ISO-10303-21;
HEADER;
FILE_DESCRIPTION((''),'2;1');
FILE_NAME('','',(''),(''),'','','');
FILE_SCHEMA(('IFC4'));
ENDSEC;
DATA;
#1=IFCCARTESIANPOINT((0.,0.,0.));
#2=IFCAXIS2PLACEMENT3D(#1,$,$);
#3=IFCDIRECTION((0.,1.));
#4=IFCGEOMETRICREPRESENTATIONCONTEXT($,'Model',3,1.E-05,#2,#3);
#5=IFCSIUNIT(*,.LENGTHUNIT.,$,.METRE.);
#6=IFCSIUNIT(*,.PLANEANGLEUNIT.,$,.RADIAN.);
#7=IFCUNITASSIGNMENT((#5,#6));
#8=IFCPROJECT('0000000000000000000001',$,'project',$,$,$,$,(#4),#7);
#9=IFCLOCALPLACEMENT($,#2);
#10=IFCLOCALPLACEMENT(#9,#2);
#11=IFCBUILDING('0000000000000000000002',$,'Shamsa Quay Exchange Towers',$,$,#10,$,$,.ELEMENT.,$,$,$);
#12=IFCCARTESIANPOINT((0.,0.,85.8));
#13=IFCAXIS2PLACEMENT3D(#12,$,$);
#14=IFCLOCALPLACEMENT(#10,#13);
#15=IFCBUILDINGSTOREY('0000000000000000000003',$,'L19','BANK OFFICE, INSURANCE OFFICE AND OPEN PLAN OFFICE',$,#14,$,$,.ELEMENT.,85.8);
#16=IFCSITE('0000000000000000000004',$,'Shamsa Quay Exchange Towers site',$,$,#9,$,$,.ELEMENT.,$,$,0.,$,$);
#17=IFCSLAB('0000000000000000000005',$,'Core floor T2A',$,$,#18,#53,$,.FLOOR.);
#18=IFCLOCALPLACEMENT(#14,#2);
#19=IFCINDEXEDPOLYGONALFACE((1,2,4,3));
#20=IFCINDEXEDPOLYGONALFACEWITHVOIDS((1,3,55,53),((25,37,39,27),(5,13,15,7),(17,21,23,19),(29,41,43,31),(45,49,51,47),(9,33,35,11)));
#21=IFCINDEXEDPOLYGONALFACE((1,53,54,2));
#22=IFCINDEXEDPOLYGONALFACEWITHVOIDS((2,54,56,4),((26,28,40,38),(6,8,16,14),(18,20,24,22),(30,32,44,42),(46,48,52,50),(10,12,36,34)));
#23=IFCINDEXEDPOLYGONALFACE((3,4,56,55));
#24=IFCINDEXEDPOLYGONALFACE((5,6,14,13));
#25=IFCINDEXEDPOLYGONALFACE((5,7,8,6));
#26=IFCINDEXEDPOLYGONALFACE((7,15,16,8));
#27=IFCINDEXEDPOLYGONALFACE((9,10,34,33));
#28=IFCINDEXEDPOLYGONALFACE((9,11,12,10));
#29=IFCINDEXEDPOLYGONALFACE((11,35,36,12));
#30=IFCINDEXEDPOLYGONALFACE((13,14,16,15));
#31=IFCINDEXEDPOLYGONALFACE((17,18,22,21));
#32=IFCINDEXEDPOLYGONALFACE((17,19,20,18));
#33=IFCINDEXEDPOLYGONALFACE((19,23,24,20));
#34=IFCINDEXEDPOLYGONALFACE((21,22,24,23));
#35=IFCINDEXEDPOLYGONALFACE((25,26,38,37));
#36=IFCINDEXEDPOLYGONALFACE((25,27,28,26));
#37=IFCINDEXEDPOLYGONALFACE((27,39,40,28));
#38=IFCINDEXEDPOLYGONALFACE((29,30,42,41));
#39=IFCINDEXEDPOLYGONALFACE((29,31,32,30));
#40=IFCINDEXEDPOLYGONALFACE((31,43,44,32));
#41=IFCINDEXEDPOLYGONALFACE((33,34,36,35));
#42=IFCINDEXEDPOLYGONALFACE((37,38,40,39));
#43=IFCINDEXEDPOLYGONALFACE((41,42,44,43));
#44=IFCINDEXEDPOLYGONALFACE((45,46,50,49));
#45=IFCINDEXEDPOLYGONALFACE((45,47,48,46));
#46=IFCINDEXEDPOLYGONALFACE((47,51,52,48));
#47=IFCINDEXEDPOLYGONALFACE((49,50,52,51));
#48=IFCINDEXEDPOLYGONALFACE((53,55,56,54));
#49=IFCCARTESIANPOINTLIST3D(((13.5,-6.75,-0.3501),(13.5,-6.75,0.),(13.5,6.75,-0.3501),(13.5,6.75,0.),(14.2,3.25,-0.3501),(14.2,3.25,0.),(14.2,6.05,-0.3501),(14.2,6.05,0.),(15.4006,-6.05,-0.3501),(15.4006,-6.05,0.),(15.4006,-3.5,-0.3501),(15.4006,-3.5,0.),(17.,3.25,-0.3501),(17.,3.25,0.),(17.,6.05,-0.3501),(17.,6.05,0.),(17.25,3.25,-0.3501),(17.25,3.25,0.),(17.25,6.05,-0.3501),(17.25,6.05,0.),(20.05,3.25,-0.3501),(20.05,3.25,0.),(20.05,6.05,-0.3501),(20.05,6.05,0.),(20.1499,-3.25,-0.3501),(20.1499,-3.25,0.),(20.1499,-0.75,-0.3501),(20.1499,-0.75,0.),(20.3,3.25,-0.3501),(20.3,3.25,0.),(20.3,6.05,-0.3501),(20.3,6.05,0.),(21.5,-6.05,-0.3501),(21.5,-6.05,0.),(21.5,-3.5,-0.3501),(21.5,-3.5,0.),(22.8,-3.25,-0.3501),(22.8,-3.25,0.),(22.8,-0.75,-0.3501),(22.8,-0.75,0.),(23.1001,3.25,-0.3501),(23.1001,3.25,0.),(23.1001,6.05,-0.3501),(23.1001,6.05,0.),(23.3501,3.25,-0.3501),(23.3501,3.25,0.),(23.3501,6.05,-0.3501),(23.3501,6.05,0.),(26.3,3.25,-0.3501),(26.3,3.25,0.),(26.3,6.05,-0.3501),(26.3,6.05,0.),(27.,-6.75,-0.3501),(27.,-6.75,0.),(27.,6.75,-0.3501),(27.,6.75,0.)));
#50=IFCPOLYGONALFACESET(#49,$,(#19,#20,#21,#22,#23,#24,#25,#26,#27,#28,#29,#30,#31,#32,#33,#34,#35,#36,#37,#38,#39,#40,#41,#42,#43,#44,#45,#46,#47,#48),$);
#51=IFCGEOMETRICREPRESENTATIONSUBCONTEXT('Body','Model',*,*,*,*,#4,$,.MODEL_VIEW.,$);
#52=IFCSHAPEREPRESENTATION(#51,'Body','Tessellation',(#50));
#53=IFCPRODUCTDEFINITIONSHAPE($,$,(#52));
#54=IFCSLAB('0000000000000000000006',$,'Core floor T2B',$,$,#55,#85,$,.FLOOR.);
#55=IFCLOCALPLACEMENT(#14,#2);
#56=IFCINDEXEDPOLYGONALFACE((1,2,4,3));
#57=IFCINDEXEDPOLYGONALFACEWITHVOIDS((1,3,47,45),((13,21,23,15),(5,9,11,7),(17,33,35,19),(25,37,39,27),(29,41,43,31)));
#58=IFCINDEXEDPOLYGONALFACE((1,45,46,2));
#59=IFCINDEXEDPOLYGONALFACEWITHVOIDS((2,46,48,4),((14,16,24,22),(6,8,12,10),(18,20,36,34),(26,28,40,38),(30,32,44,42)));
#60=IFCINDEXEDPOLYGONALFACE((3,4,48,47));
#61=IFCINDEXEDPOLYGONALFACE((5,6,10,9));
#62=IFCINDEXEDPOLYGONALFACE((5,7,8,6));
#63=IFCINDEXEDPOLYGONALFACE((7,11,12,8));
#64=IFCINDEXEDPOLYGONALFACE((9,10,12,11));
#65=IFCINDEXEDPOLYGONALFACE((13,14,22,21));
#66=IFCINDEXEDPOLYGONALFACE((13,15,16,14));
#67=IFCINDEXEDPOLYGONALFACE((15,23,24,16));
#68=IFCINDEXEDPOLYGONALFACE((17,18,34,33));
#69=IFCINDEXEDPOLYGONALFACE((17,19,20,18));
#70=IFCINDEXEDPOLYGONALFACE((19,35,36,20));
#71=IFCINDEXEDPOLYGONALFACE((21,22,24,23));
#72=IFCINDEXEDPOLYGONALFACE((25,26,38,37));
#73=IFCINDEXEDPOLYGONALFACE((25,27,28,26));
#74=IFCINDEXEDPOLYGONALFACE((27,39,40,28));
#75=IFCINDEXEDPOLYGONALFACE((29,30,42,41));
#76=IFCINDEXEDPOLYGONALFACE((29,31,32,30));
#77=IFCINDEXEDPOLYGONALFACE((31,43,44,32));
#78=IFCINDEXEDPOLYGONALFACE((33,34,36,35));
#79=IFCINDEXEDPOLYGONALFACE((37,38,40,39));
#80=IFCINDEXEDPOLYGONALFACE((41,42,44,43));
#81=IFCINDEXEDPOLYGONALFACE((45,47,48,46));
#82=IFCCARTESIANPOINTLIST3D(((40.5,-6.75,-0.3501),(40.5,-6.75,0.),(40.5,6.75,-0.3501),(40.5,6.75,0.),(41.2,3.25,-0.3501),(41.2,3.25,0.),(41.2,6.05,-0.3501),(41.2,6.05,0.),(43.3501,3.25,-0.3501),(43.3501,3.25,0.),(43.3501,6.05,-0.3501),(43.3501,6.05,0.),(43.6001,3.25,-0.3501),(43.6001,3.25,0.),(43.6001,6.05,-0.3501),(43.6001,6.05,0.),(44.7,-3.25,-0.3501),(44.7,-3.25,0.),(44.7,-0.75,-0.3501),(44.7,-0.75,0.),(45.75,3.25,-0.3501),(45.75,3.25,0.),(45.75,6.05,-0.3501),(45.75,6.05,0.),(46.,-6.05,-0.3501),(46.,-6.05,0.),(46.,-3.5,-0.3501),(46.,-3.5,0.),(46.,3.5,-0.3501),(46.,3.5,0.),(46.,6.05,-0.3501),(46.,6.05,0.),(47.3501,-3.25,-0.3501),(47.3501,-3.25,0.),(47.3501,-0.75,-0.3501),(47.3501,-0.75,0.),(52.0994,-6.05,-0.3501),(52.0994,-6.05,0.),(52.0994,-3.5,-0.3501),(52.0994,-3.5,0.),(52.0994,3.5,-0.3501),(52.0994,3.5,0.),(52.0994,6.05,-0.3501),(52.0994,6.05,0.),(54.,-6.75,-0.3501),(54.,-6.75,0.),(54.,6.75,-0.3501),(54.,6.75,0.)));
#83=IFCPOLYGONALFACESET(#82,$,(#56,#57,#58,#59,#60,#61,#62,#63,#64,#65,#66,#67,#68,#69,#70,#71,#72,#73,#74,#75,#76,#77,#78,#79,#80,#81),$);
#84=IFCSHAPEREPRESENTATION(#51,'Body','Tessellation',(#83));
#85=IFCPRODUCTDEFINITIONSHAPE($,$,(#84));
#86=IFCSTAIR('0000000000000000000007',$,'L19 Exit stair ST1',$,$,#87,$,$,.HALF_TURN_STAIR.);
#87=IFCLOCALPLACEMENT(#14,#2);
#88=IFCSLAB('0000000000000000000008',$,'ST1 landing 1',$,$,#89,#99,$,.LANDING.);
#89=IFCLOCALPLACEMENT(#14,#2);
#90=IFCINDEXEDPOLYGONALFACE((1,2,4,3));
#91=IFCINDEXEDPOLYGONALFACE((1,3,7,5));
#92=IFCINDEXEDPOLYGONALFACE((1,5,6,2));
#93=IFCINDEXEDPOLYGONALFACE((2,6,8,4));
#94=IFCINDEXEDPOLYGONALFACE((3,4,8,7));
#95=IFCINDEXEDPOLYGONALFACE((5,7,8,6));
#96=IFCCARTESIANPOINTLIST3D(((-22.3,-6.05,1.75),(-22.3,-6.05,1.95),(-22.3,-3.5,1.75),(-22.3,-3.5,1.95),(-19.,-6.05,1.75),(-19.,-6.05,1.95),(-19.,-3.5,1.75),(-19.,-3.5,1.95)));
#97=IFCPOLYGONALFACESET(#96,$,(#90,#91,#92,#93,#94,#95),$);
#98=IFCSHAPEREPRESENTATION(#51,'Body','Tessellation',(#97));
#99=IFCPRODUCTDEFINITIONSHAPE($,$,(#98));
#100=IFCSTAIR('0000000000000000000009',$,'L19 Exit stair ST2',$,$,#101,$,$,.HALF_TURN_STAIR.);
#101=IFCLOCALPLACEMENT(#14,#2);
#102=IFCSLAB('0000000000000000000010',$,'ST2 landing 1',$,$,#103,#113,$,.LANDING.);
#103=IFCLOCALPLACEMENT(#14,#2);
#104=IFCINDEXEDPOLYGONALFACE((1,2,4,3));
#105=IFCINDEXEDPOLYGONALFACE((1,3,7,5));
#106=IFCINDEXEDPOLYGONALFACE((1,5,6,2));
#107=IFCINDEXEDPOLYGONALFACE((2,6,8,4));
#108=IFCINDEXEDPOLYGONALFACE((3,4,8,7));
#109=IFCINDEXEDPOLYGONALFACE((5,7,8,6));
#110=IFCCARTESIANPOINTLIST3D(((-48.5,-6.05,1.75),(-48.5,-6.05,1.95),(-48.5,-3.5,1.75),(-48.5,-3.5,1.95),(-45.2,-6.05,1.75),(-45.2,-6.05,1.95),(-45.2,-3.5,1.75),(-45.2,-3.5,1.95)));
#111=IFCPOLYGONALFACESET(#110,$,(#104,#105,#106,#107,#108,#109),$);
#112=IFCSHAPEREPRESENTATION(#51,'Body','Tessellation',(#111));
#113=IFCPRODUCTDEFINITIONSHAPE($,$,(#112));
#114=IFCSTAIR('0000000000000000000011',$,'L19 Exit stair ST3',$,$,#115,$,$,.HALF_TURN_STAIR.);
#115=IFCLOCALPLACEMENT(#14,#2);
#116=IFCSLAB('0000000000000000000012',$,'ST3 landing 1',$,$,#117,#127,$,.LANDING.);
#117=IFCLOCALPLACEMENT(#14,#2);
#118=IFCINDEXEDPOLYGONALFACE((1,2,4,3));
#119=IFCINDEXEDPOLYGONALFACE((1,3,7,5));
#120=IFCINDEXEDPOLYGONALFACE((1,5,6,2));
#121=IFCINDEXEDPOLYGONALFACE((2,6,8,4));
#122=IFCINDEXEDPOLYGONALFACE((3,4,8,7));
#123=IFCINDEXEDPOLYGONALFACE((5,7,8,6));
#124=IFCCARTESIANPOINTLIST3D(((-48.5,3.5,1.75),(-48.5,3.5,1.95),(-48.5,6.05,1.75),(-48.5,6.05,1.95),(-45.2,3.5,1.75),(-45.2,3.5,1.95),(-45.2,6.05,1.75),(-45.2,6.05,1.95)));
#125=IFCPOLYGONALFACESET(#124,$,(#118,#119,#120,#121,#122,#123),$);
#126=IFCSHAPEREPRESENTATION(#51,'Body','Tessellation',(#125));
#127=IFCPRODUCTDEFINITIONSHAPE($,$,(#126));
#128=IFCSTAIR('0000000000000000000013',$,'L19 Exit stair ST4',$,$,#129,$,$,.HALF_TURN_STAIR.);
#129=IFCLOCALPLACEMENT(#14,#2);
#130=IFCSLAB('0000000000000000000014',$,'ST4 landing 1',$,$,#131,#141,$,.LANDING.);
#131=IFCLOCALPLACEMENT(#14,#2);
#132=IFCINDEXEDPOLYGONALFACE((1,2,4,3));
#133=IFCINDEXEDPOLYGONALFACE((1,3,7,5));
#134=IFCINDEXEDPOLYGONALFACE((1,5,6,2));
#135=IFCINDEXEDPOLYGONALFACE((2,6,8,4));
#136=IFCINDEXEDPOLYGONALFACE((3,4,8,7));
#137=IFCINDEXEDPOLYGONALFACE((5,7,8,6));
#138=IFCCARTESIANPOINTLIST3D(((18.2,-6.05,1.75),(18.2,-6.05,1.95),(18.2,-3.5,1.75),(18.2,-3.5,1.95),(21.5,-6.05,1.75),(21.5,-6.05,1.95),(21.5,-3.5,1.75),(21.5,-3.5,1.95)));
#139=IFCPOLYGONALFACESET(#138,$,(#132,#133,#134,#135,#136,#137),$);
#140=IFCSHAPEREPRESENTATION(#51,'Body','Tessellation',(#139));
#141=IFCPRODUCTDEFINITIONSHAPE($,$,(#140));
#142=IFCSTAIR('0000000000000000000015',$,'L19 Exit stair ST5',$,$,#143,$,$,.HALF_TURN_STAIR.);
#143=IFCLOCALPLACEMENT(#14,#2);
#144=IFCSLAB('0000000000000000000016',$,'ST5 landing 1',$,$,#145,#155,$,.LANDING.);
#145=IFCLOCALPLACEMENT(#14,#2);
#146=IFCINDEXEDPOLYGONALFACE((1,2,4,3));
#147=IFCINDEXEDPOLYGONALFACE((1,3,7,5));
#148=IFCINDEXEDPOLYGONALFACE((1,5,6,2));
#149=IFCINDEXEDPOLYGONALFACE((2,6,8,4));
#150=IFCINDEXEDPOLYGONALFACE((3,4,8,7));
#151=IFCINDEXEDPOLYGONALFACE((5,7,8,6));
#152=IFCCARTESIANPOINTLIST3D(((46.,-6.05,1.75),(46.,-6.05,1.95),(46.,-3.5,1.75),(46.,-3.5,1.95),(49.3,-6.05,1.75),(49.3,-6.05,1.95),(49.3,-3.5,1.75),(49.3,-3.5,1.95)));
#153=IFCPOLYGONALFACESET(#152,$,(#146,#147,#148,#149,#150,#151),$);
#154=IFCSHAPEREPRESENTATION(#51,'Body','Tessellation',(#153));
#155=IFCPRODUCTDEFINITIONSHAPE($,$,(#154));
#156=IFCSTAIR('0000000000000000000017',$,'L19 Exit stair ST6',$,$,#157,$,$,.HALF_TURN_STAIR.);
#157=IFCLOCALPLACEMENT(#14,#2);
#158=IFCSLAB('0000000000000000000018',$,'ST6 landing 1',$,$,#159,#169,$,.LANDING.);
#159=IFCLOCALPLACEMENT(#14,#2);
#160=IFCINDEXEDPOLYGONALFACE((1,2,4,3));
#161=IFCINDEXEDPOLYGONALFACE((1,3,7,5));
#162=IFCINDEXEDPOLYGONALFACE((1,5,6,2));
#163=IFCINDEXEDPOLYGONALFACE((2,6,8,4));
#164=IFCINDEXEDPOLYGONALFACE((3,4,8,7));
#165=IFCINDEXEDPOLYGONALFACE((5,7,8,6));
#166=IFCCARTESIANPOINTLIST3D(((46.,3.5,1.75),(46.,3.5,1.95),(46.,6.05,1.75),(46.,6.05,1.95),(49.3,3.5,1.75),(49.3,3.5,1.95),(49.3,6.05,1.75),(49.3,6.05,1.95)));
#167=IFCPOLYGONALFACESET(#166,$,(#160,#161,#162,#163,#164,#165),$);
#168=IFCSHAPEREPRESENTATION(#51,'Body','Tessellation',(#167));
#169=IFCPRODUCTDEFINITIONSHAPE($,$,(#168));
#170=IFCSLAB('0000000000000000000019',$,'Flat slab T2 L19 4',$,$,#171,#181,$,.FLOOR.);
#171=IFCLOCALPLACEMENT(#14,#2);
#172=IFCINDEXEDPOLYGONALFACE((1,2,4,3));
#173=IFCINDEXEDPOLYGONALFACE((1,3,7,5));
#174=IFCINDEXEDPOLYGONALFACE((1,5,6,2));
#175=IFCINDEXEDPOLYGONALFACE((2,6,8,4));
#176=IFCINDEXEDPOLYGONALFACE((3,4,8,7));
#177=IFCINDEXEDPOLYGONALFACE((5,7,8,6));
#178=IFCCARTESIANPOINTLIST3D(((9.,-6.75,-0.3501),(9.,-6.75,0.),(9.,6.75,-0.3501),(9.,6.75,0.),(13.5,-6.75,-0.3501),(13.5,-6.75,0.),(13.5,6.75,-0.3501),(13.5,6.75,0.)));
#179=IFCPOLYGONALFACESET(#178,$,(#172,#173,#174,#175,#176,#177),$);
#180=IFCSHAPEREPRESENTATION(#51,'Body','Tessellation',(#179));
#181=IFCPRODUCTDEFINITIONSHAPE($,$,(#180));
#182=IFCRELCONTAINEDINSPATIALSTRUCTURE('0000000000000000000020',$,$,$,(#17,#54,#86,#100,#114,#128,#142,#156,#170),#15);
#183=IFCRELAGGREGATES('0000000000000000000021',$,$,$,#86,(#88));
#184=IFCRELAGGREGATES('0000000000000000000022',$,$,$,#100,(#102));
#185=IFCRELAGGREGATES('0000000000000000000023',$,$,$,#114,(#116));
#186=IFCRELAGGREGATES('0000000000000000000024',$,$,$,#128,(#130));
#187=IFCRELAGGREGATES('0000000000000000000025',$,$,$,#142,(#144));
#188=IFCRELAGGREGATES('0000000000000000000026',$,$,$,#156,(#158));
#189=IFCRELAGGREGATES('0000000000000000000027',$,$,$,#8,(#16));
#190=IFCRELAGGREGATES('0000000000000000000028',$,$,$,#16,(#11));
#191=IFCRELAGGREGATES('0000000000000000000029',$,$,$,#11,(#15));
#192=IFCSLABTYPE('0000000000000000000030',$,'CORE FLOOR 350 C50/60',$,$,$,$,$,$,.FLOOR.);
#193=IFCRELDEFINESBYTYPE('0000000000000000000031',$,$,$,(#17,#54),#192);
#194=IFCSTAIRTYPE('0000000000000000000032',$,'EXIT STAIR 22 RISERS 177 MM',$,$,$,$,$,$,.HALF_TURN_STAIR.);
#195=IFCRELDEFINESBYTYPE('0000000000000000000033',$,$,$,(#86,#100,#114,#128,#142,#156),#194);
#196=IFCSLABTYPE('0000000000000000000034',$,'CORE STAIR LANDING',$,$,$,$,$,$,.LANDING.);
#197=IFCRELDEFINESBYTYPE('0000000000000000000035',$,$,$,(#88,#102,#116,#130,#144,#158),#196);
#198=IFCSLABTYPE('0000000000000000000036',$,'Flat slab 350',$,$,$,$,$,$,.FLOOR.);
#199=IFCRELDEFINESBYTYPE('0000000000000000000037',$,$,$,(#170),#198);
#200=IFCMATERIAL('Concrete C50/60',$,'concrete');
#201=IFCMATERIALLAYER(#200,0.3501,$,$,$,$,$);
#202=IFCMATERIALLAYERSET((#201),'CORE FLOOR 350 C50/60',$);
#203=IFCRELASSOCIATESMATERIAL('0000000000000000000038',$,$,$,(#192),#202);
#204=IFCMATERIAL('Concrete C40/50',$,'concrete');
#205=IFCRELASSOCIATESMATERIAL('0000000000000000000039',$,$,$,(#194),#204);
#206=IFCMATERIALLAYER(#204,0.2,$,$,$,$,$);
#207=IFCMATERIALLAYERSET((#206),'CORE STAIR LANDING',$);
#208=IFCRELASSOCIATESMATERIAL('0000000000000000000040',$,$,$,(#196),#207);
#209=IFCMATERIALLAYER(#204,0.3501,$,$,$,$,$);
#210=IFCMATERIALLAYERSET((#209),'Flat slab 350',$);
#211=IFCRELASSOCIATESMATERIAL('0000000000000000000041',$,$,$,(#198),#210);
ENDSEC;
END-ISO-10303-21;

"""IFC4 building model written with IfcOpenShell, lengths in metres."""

from ifc_helpers import new_model, si_unit, direction, frame, origin, place, context, subcontext, project, spatial, polyline, outline, extrude, material, layer, layer_set, type_object, element, aggregate, save


model = new_model("IFC4")

# Units and contexts
model_context = context("Model", 3, precision=1e-05, world=origin(), true_north=direction((0.0, 1.0)))
body_context = subcontext(model_context, "Body", "Model", "MODEL_VIEW")
ifc_project = project(units=[si_unit("LENGTHUNIT", "METRE"), si_unit("PLANEANGLEUNIT", "RADIAN")], contexts=[model_context])

# Site, building, storey
site_placement = place(None, origin())
site = spatial("IfcSite", under=ifc_project, at=site_placement, Name="Shamsa Quay Exchange Towers site", CompositionType="ELEMENT", RefElevation=0.0)
building_placement = place(site_placement, origin())
building = spatial("IfcBuilding", under=site, at=building_placement, Name="Shamsa Quay Exchange Towers", CompositionType="ELEMENT")
storey_placement = place(building_placement, frame((0.0, 0.0, 85.8)))
storey = spatial("IfcBuildingStorey", under=building, at=storey_placement, Name="L19", Description="BANK OFFICE, INSURANCE OFFICE AND OPEN PLAN OFFICE", CompositionType="ELEMENT", Elevation=85.8)

# Slabs
ifc_material_1 = material(Name="Concrete C50/60", Category="concrete")
ifc_layer_1 = layer(ifc_material_1, 0.3501)
ifc_layer_set_1 = layer_set([ifc_layer_1], Name="CORE FLOOR 350 C50/60")
slab_type_1 = type_object("IfcSlabType", Name="CORE FLOOR 350 C50/60", PredefinedType="FLOOR", material=ifc_layer_set_1)
slab_1_placement = place(storey_placement, frame((0.0, 0.0, -0.3501)))
element("IfcSlab", 1, at=slab_1_placement, inside=storey, type_object=slab_type_1, Name="Core floor T2A", PredefinedType="FLOOR", context=body_context, shape_type="SweptSolid", body=[
    extrude(outline(polyline([(13.5, -6.75), (27.0, -6.75), (27.0, 6.75), (13.5, 6.75), (13.5, -6.75)]), holes=[polyline([(15.4006, -6.05), (15.4006, -3.5), (21.5, -3.5), (21.5, -6.05), (15.4006, -6.05)]), polyline([(14.2, 3.25), (14.2, 6.05), (17.0, 6.05), (17.0, 3.25), (14.2, 3.25)]), polyline([(17.25, 3.25), (17.25, 6.05), (20.05, 6.05), (20.05, 3.25), (17.25, 3.25)]), polyline([(20.3, 3.25), (20.3, 6.05), (23.1001, 6.05), (23.1001, 3.25), (20.3, 3.25)]), polyline([(23.3501, 3.25), (23.3501, 6.05), (26.3, 6.05), (26.3, 3.25), (23.3501, 3.25)]), polyline([(20.1499, -3.25), (20.1499, -0.75), (22.8, -0.75), (22.8, -3.25), (20.1499, -3.25)])]), origin(), (0.0, 0.0, 1.0), 0.3501),
])
slab_2_placement = place(storey_placement, frame((0.0, 0.0, -0.3501)))
element("IfcSlab", 2, at=slab_2_placement, inside=storey, type_object=slab_type_1, Name="Core floor T2B", PredefinedType="FLOOR", context=body_context, shape_type="SweptSolid", body=[
    extrude(outline(polyline([(54.0, -6.75), (54.0, 6.75), (40.5, 6.75), (40.5, -6.75), (54.0, -6.75)]), holes=[polyline([(52.0994, -3.5), (52.0994, -6.05), (46.0, -6.05), (46.0, -3.5), (52.0994, -3.5)]), polyline([(52.0994, 6.05), (52.0994, 3.5), (46.0, 3.5), (46.0, 6.05), (52.0994, 6.05)]), polyline([(45.75, 3.25), (43.6001, 3.25), (43.6001, 6.05), (45.75, 6.05), (45.75, 3.25)]), polyline([(43.3501, 3.25), (41.2, 3.25), (41.2, 6.05), (43.3501, 6.05), (43.3501, 3.25)]), polyline([(47.3501, -3.25), (44.7, -3.25), (44.7, -0.75), (47.3501, -0.75), (47.3501, -3.25)])]), origin(), (0.0, 0.0, 1.0), 0.3501),
])

# Stairs, slabs
ifc_material_2 = material(Name="Concrete C40/50", Category="concrete")
stair_type = type_object("IfcStairType", Name="EXIT STAIR 22 RISERS 177 MM", PredefinedType="HALF_TURN_STAIR", material=ifc_material_2)
stair_1_placement = place(storey_placement, origin())
stair_1 = element("IfcStair", 3, at=stair_1_placement, inside=storey, type_object=stair_type, Name="L19 Exit stair ST1", PredefinedType="HALF_TURN_STAIR")
ifc_layer_2 = layer(ifc_material_2, 0.2)
ifc_layer_set_2 = layer_set([ifc_layer_2], Name="CORE STAIR LANDING")
slab_type_2 = type_object("IfcSlabType", Name="CORE STAIR LANDING", PredefinedType="LANDING", material=ifc_layer_set_2)
slab_3_placement = place(storey_placement, frame((0.0, 0.0, 1.75)))
slab_3 = element("IfcSlab", 4, at=slab_3_placement, type_object=slab_type_2, Name="ST1 landing 1", PredefinedType="LANDING", context=body_context, shape_type="SweptSolid", body=[
    extrude(outline(polyline([(-22.3, -6.05), (-19.0, -6.05), (-19.0, -3.5), (-22.3, -3.5), (-22.3, -6.05)])), origin(), (0.0, 0.0, 1.0), 0.2),
])
aggregate(stair_1, [slab_3])
stair_2_placement = place(storey_placement, origin())
stair_2 = element("IfcStair", 5, at=stair_2_placement, inside=storey, type_object=stair_type, Name="L19 Exit stair ST2", PredefinedType="HALF_TURN_STAIR")
slab_4_placement = place(storey_placement, frame((0.0, 0.0, 1.75)))
slab_4 = element("IfcSlab", 6, at=slab_4_placement, type_object=slab_type_2, Name="ST2 landing 1", PredefinedType="LANDING", context=body_context, shape_type="SweptSolid", body=[
    extrude(outline(polyline([(-45.2, -3.5), (-48.5, -3.5), (-48.5, -6.05), (-45.2, -6.05), (-45.2, -3.5)])), origin(), (0.0, 0.0, 1.0), 0.2),
])
aggregate(stair_2, [slab_4])
stair_3_placement = place(storey_placement, origin())
stair_3 = element("IfcStair", 7, at=stair_3_placement, inside=storey, type_object=stair_type, Name="L19 Exit stair ST3", PredefinedType="HALF_TURN_STAIR")
slab_5_placement = place(storey_placement, frame((0.0, 0.0, 1.75)))
slab_5 = element("IfcSlab", 8, at=slab_5_placement, type_object=slab_type_2, Name="ST3 landing 1", PredefinedType="LANDING", context=body_context, shape_type="SweptSolid", body=[
    extrude(outline(polyline([(-45.2, 6.05), (-48.5, 6.05), (-48.5, 3.5), (-45.2, 3.5), (-45.2, 6.05)])), origin(), (0.0, 0.0, 1.0), 0.2),
])
aggregate(stair_3, [slab_5])
stair_4_placement = place(storey_placement, origin())
stair_4 = element("IfcStair", 9, at=stair_4_placement, inside=storey, type_object=stair_type, Name="L19 Exit stair ST4", PredefinedType="HALF_TURN_STAIR")
slab_6_placement = place(storey_placement, frame((0.0, 0.0, 1.75)))
slab_6 = element("IfcSlab", 10, at=slab_6_placement, type_object=slab_type_2, Name="ST4 landing 1", PredefinedType="LANDING", context=body_context, shape_type="SweptSolid", body=[
    extrude(outline(polyline([(18.2, -6.05), (21.5, -6.05), (21.5, -3.5), (18.2, -3.5), (18.2, -6.05)])), origin(), (0.0, 0.0, 1.0), 0.2),
])
aggregate(stair_4, [slab_6])
stair_5_placement = place(storey_placement, origin())
stair_5 = element("IfcStair", 11, at=stair_5_placement, inside=storey, type_object=stair_type, Name="L19 Exit stair ST5", PredefinedType="HALF_TURN_STAIR")
slab_7_placement = place(storey_placement, frame((0.0, 0.0, 1.75)))
slab_7 = element("IfcSlab", 12, at=slab_7_placement, type_object=slab_type_2, Name="ST5 landing 1", PredefinedType="LANDING", context=body_context, shape_type="SweptSolid", body=[
    extrude(outline(polyline([(49.3, -3.5), (46.0, -3.5), (46.0, -6.05), (49.3, -6.05), (49.3, -3.5)])), origin(), (0.0, 0.0, 1.0), 0.2),
])
aggregate(stair_5, [slab_7])
stair_6_placement = place(storey_placement, origin())
stair_6 = element("IfcStair", 13, at=stair_6_placement, inside=storey, type_object=stair_type, Name="L19 Exit stair ST6", PredefinedType="HALF_TURN_STAIR")
slab_8_placement = place(storey_placement, frame((0.0, 0.0, 1.75)))
slab_8 = element("IfcSlab", 14, at=slab_8_placement, type_object=slab_type_2, Name="ST6 landing 1", PredefinedType="LANDING", context=body_context, shape_type="SweptSolid", body=[
    extrude(outline(polyline([(49.3, 6.05), (46.0, 6.05), (46.0, 3.5), (49.3, 3.5), (49.3, 6.05)])), origin(), (0.0, 0.0, 1.0), 0.2),
])
aggregate(stair_6, [slab_8])

# Slab
ifc_layer_3 = layer(ifc_material_2, 0.3501)
ifc_layer_set_3 = layer_set([ifc_layer_3], Name="Flat slab 350")
slab_type_3 = type_object("IfcSlabType", Name="Flat slab 350", PredefinedType="FLOOR", material=ifc_layer_set_3)
slab_9_placement = place(storey_placement, frame((0.0, 0.0, -0.3501)))
element("IfcSlab", 15, at=slab_9_placement, inside=storey, type_object=slab_type_3, Name="Flat slab T2 L19 4", PredefinedType="FLOOR", context=body_context, shape_type="SweptSolid", body=[
    extrude(outline(polyline([(9.0, -6.75), (13.5, -6.75), (13.5, 6.75), (9.0, 6.75), (9.0, -6.75)])), origin(), (0.0, 0.0, 1.0), 0.3501),
])

save(model, "model.ifc")
